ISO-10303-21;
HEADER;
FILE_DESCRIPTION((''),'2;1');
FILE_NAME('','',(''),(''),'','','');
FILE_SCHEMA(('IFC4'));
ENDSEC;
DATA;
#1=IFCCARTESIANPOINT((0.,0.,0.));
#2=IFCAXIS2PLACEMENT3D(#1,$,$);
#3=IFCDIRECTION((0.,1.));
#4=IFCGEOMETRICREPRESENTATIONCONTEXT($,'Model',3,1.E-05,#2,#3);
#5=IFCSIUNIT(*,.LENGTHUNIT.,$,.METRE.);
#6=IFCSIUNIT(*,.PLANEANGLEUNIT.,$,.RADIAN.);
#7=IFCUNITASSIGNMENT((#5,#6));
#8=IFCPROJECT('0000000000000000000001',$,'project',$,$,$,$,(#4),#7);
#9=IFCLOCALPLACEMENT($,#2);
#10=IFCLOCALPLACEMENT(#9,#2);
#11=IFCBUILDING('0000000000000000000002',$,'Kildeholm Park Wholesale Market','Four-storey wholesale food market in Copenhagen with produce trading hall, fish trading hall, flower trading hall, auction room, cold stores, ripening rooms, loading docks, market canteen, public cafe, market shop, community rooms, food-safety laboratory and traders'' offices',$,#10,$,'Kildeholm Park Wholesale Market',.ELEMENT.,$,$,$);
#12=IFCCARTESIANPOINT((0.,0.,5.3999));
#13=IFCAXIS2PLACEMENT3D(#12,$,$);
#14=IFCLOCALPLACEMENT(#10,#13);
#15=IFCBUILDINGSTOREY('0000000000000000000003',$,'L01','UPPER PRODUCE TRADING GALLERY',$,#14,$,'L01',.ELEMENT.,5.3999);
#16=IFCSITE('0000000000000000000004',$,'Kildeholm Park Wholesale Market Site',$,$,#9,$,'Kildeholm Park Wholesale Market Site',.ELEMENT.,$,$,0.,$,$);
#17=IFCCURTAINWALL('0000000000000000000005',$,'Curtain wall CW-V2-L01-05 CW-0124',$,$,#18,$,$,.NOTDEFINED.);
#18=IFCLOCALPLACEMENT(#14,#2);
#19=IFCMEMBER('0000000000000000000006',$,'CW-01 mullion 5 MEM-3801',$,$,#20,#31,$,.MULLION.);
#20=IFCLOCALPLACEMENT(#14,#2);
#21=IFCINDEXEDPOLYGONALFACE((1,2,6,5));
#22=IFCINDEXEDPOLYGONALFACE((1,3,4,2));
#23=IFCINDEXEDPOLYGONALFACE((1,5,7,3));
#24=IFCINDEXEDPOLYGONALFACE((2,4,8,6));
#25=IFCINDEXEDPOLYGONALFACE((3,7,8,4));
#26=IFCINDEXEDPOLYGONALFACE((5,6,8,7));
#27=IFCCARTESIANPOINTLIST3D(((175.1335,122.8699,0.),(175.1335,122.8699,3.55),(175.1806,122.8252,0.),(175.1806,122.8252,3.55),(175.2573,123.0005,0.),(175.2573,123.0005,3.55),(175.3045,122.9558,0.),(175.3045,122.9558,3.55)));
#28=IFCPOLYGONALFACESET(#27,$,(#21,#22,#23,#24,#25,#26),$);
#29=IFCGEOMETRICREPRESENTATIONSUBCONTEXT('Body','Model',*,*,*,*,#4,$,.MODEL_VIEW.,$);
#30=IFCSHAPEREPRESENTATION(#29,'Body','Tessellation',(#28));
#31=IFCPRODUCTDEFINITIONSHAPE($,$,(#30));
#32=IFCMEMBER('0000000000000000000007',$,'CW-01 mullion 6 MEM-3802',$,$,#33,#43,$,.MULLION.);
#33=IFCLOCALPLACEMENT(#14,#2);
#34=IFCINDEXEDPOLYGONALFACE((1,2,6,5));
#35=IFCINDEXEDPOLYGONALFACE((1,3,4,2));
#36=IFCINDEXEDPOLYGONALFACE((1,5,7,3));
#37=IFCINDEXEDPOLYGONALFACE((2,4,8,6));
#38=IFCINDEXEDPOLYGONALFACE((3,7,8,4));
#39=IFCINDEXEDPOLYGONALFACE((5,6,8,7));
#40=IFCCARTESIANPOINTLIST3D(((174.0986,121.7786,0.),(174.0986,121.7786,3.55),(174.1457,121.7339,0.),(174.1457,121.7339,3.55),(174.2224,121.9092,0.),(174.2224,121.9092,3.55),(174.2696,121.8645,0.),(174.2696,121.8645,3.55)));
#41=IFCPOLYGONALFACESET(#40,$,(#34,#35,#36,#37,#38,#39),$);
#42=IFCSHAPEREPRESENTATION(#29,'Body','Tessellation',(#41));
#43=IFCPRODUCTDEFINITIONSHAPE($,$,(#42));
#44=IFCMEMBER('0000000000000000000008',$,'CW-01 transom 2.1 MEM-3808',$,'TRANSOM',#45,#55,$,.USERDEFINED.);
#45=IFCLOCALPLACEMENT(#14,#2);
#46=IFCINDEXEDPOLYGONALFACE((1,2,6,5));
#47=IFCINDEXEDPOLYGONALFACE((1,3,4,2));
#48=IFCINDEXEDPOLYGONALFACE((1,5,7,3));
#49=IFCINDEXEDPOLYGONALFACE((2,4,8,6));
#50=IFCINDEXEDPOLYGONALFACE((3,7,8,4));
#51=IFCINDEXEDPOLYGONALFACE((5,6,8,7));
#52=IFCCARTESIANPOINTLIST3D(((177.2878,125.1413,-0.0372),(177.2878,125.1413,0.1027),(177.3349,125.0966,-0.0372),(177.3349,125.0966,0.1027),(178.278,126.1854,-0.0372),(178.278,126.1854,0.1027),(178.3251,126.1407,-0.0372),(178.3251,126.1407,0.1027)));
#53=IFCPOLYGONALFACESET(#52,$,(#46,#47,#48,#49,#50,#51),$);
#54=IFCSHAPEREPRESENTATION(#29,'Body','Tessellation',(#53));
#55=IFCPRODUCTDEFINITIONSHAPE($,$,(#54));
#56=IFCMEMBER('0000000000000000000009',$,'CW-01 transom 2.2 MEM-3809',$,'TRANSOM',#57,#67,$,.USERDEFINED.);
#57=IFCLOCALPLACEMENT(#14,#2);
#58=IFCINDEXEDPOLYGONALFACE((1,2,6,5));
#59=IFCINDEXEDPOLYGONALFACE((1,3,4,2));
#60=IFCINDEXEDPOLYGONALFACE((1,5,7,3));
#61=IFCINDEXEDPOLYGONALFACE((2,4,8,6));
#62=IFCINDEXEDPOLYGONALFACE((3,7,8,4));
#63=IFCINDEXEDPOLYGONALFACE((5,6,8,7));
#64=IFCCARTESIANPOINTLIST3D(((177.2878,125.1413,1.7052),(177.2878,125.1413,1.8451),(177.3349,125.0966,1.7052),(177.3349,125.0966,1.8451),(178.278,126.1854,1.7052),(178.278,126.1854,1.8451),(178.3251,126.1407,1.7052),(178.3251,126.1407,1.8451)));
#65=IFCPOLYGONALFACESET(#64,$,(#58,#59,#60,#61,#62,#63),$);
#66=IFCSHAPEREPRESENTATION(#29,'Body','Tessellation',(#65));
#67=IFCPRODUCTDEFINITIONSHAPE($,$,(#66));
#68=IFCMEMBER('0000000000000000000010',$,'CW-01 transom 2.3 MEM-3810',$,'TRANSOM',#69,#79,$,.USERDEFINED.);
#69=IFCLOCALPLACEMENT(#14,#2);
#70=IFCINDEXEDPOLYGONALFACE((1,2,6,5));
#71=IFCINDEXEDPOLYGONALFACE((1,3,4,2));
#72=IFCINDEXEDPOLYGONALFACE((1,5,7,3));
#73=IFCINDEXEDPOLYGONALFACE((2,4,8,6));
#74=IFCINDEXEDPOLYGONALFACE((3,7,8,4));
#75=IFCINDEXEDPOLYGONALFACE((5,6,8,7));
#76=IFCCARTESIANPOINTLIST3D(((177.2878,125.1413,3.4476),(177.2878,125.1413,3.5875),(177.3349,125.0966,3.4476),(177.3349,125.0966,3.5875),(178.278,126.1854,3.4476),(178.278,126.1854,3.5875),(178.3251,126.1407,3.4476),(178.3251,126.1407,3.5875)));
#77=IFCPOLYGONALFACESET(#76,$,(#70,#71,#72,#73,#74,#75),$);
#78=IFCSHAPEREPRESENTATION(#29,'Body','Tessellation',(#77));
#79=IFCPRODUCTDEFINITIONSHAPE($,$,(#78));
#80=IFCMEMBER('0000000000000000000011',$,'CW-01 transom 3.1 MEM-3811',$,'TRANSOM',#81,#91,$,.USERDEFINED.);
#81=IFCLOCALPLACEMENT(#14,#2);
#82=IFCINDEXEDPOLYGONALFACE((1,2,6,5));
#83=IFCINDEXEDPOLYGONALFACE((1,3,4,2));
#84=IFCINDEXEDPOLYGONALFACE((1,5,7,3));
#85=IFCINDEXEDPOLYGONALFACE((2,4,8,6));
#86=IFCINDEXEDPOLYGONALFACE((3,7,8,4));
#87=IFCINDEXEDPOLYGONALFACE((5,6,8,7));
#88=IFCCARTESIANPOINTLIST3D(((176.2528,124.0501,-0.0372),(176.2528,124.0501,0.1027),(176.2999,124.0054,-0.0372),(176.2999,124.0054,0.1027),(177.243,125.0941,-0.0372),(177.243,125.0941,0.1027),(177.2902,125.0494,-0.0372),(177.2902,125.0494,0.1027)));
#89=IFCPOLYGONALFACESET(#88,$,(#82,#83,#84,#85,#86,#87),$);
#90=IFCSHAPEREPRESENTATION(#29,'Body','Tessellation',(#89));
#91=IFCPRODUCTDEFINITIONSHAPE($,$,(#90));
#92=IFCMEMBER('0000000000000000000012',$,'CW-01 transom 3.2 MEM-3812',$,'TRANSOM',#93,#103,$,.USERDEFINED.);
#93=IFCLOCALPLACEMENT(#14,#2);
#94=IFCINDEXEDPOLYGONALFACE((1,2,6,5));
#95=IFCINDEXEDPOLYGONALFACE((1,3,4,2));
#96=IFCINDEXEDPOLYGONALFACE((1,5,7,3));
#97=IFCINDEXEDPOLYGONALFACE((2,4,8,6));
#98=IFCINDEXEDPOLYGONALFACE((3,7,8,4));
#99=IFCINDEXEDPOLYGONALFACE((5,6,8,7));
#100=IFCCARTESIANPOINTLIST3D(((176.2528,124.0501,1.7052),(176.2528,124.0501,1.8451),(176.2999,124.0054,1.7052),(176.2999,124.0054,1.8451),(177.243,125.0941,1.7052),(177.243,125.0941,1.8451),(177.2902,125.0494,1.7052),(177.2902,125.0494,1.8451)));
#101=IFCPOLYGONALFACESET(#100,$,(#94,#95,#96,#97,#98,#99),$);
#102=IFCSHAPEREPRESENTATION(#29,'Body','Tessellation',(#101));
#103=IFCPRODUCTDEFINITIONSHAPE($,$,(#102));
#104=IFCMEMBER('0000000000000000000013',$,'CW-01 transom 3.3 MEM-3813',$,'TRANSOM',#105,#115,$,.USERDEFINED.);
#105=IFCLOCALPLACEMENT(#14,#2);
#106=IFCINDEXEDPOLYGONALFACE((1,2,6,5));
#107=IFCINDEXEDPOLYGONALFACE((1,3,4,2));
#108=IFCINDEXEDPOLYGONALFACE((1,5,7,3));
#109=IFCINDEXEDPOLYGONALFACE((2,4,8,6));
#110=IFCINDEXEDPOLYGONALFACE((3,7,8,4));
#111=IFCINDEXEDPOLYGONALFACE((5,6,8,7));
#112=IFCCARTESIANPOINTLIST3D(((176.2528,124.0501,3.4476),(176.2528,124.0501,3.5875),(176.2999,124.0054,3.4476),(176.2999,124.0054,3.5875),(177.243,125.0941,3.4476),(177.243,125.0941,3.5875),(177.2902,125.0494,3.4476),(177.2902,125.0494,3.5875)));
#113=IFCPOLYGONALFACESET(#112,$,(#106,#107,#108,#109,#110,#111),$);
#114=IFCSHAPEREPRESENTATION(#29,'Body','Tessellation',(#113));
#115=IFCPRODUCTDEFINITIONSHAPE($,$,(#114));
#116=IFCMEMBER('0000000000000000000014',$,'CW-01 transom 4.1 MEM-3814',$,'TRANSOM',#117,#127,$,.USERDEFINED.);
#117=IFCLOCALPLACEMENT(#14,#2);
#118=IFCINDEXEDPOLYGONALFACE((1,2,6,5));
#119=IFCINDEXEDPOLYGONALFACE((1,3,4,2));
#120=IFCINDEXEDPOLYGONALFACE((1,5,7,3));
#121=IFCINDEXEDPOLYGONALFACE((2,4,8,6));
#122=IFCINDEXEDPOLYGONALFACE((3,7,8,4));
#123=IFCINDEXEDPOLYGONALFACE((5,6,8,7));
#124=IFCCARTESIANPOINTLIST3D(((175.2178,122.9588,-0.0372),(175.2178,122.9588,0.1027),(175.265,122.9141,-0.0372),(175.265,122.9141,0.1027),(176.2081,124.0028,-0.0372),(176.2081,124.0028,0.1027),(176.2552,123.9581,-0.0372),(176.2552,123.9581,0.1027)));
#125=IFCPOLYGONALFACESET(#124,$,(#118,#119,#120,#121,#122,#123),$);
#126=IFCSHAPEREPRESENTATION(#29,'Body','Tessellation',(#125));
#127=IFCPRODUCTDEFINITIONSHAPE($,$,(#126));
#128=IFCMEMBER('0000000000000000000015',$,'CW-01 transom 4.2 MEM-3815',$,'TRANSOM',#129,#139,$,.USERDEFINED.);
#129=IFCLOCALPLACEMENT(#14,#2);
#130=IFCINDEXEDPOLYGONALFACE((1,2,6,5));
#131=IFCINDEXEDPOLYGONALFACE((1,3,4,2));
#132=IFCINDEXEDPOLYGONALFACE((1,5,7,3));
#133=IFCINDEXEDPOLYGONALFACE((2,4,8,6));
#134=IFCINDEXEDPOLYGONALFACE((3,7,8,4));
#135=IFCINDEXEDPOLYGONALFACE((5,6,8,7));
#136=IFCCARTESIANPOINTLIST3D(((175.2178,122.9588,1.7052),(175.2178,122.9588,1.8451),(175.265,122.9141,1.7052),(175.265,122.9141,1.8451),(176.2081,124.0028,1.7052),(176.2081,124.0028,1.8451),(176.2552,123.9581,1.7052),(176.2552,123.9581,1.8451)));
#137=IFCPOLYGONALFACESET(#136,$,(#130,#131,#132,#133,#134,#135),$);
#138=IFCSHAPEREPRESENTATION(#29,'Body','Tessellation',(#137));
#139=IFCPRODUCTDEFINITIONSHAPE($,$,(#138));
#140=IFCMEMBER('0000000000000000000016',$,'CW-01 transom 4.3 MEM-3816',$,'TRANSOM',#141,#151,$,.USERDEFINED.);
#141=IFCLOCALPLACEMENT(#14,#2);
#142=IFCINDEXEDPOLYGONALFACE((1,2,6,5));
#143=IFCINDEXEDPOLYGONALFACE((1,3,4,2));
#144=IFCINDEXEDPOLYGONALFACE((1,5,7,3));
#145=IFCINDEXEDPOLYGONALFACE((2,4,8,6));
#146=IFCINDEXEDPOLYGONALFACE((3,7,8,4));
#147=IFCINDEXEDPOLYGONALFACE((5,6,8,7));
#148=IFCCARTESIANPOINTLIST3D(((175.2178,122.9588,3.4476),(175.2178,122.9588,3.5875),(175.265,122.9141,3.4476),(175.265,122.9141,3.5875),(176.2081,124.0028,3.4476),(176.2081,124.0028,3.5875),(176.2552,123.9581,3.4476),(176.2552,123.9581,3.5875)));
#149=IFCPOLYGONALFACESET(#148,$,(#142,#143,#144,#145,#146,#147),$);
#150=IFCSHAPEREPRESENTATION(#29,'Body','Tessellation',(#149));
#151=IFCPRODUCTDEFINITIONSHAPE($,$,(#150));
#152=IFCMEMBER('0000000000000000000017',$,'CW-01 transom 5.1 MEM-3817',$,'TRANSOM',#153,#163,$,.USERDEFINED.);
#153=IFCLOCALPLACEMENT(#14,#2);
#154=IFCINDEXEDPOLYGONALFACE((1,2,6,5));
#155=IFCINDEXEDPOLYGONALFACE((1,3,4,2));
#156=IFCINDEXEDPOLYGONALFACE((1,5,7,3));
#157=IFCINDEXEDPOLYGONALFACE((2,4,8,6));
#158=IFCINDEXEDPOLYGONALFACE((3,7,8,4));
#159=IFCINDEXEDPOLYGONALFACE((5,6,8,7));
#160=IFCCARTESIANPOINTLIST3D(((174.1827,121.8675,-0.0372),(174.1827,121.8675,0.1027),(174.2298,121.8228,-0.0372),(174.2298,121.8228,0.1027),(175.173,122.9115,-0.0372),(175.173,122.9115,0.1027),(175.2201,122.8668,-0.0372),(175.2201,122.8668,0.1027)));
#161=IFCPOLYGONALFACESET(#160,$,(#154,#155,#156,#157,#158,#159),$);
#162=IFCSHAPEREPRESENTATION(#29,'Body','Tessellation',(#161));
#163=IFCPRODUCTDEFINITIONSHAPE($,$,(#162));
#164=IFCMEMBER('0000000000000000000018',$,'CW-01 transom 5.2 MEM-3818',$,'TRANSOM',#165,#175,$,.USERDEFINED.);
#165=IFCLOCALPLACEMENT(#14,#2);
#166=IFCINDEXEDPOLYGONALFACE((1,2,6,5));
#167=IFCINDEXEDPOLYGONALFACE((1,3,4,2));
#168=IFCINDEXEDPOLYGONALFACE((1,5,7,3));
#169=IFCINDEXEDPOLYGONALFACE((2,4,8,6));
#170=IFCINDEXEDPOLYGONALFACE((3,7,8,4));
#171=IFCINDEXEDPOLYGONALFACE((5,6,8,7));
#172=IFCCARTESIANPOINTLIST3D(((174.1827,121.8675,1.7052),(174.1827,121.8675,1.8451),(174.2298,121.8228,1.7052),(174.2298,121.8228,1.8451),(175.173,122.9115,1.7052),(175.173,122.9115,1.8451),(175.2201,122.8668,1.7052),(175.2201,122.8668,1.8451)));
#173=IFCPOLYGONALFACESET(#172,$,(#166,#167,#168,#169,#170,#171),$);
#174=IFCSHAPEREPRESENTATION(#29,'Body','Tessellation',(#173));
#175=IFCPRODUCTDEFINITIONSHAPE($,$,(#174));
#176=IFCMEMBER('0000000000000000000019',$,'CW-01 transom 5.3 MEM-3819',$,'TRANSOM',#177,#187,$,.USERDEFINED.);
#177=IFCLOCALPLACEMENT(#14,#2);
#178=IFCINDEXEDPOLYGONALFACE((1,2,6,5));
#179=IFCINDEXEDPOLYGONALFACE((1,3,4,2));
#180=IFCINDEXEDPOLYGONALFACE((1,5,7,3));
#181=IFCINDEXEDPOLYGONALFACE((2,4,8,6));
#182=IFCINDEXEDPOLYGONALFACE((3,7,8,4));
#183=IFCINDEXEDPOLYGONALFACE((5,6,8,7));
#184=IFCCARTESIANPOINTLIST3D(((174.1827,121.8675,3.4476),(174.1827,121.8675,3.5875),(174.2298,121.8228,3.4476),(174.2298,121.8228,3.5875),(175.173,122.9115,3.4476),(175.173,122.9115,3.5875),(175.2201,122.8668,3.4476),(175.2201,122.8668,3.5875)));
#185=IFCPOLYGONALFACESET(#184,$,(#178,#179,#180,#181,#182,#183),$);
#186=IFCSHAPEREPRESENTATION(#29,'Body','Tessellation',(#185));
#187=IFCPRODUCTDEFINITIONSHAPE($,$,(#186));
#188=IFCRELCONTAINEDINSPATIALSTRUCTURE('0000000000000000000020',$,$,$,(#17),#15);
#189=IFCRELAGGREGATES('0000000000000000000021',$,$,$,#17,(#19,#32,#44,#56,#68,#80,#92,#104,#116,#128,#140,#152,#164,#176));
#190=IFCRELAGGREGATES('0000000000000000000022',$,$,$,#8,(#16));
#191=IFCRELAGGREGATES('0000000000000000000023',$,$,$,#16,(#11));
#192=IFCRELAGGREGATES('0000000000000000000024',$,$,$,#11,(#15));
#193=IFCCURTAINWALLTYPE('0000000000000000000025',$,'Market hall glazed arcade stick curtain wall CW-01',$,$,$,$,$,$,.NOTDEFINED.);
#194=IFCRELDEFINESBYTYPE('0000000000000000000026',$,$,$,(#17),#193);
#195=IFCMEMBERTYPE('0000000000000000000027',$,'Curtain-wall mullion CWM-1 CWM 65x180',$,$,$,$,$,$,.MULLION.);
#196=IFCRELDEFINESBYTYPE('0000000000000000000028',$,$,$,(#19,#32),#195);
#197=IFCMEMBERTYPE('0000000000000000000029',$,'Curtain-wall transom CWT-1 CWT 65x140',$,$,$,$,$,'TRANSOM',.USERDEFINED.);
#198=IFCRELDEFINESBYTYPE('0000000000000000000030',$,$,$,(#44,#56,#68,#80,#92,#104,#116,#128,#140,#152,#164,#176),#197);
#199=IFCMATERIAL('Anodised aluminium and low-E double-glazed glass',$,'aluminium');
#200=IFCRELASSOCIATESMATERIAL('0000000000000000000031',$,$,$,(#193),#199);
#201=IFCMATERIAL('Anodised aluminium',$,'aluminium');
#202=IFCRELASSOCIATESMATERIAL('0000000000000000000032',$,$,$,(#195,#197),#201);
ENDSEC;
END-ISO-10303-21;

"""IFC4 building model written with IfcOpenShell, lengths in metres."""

from ifc_helpers import new_model, si_unit, direction, frame, origin, origin_2d, place, context, subcontext, project, spatial, rectangle, extrude, material, material_profile, profile_set, type_object, element, aggregate, save


model = new_model("IFC4")

# Units and contexts
model_context = context("Model", 3, precision=1e-05, world=origin(), true_north=direction((0.0, 1.0)))
body_context = subcontext(model_context, "Body", "Model", "MODEL_VIEW")
ifc_project = project(units=[si_unit("LENGTHUNIT", "METRE"), si_unit("PLANEANGLEUNIT", "RADIAN")], contexts=[model_context])

# Site, building, storey
site_placement = place(None, origin())
site = spatial("IfcSite", under=ifc_project, at=site_placement, Name="Kildeholm Park Wholesale Market Site", LongName="Kildeholm Park Wholesale Market Site", CompositionType="ELEMENT", RefElevation=0.0)
building_placement = place(site_placement, origin())
building = spatial("IfcBuilding", under=site, at=building_placement, Name="Kildeholm Park Wholesale Market", Description="Four-storey wholesale food market in Copenhagen with produce trading hall, fish trading hall, flower trading hall, auction room, cold stores, ripening rooms, loading docks, market canteen, public cafe, market shop, community rooms, food-safety laboratory and traders' offices", LongName="Kildeholm Park Wholesale Market", CompositionType="ELEMENT")
storey_placement = place(building_placement, frame((0.0, 0.0, 5.3999)))
storey = spatial("IfcBuildingStorey", under=building, at=storey_placement, Name="L01", Description="UPPER PRODUCE TRADING GALLERY", LongName="L01", CompositionType="ELEMENT", Elevation=5.3999)

# Curtain wall, members
ifc_material_1 = material(Name="Anodised aluminium and low-E double-glazed glass", Category="aluminium")
curtain_wall_type = type_object("IfcCurtainWallType", Name="Market hall glazed arcade stick curtain wall CW-01", PredefinedType="NOTDEFINED", material=ifc_material_1)
curtain_wall_placement = place(storey_placement, origin())
curtain_wall = element("IfcCurtainWall", 1, at=curtain_wall_placement, inside=storey, type_object=curtain_wall_type, Name="Curtain wall CW-V2-L01-05 CW-0124", PredefinedType="NOTDEFINED")
ifc_material_2 = material(Name="Anodised aluminium", Category="aluminium")
ifc_material_profile_1 = material_profile(ifc_material_2, rectangle(XDim=0.0649, YDim=0.1799, at=origin_2d()), Name="CWM 65x180")
ifc_profile_set_1 = profile_set([ifc_material_profile_1], Name="Anodised aluminium")
member_type_1 = type_object("IfcMemberType", Name="Curtain-wall mullion CWM-1 CWM 65x180", PredefinedType="MULLION", material=ifc_profile_set_1)
member_1_placement = place(storey_placement, frame((175.219, 122.9128, 0.0), z_axis=(0.0, 0.0, 1.0), x_axis=(0.725571, -0.688148, 0.0)))
member_1 = element("IfcMember", 2, at=member_1_placement, type_object=member_type_1, Name="CW-01 mullion 5 MEM-3801", PredefinedType="MULLION", context=body_context, shape_type="SweptSolid", body=[
    extrude(rectangle(XDim=0.0649, YDim=0.1799, at=origin_2d()), origin(), (0.0, 0.0, 1.0), 3.55),
])
member_2_placement = place(storey_placement, frame((174.1841, 121.8215, 0.0), z_axis=(0.0, 0.0, 1.0), x_axis=(0.725571, -0.688148, 0.0)))
member_2 = element("IfcMember", 3, at=member_2_placement, type_object=member_type_1, Name="CW-01 mullion 6 MEM-3802", PredefinedType="MULLION", context=body_context, shape_type="SweptSolid", body=[
    extrude(rectangle(XDim=0.0649, YDim=0.1799, at=origin_2d()), origin(), (0.0, 0.0, 1.0), 3.55),
])
ifc_material_profile_2 = material_profile(ifc_material_2, rectangle(XDim=0.0649, YDim=0.1399, at=origin_2d()), Name="CWT 65x140")
ifc_profile_set_2 = profile_set([ifc_material_profile_2], Name="Anodised aluminium")
member_type_2 = type_object("IfcMemberType", Name="Curtain-wall transom CWT-1 CWT 65x140", ElementType="TRANSOM", PredefinedType="USERDEFINED", material=ifc_profile_set_2)
member_3_placement = place(storey_placement, frame((178.3015, 126.1631, 0.0327), z_axis=(-0.688112, -0.725605, 0.0), x_axis=(0.725605, -0.688112, 0.0)))
member_3 = element("IfcMember", 4, at=member_3_placement, type_object=member_type_2, Name="CW-01 transom 2.1 MEM-3808", ObjectType="TRANSOM", PredefinedType="USERDEFINED", context=body_context, shape_type="SweptSolid", body=[
    extrude(rectangle(XDim=0.0649, YDim=0.1399, at=origin_2d()), origin(), (0.0, 0.0, 1.0), 1.439),
])
member_4_placement = place(storey_placement, frame((178.3015, 126.1631, 1.7751), z_axis=(-0.688112, -0.725605, 0.0), x_axis=(0.725605, -0.688112, 0.0)))
member_4 = element("IfcMember", 5, at=member_4_placement, type_object=member_type_2, Name="CW-01 transom 2.2 MEM-3809", ObjectType="TRANSOM", PredefinedType="USERDEFINED", context=body_context, shape_type="SweptSolid", body=[
    extrude(rectangle(XDim=0.0649, YDim=0.1399, at=origin_2d()), origin(), (0.0, 0.0, 1.0), 1.439),
])
member_5_placement = place(storey_placement, frame((178.3015, 126.1631, 3.5176), z_axis=(-0.688112, -0.725605, 0.0), x_axis=(0.725605, -0.688112, 0.0)))
member_5 = element("IfcMember", 6, at=member_5_placement, type_object=member_type_2, Name="CW-01 transom 2.3 MEM-3810", ObjectType="TRANSOM", PredefinedType="USERDEFINED", context=body_context, shape_type="SweptSolid", body=[
    extrude(rectangle(XDim=0.0649, YDim=0.1399, at=origin_2d()), origin(), (0.0, 0.0, 1.0), 1.439),
])
member_6_placement = place(storey_placement, frame((177.2666, 125.0718, 0.0327), z_axis=(-0.688196, -0.725525, 0.0), x_axis=(0.725525, -0.688196, 0.0)))
member_6 = element("IfcMember", 7, at=member_6_placement, type_object=member_type_2, Name="CW-01 transom 3.1 MEM-3811", ObjectType="TRANSOM", PredefinedType="USERDEFINED", context=body_context, shape_type="SweptSolid", body=[
    extrude(rectangle(XDim=0.0649, YDim=0.1399, at=origin_2d()), origin(), (0.0, 0.0, 1.0), 1.439),
])
member_7_placement = place(storey_placement, frame((177.2666, 125.0718, 1.7751), z_axis=(-0.688196, -0.725525, 0.0), x_axis=(0.725525, -0.688196, 0.0)))
member_7 = element("IfcMember", 8, at=member_7_placement, type_object=member_type_2, Name="CW-01 transom 3.2 MEM-3812", ObjectType="TRANSOM", PredefinedType="USERDEFINED", context=body_context, shape_type="SweptSolid", body=[
    extrude(rectangle(XDim=0.0649, YDim=0.1399, at=origin_2d()), origin(), (0.0, 0.0, 1.0), 1.439),
])
member_8_placement = place(storey_placement, frame((177.2666, 125.0718, 3.5176), z_axis=(-0.688196, -0.725525, 0.0), x_axis=(0.725525, -0.688196, 0.0)))
member_8 = element("IfcMember", 9, at=member_8_placement, type_object=member_type_2, Name="CW-01 transom 3.3 MEM-3813", ObjectType="TRANSOM", PredefinedType="USERDEFINED", context=body_context, shape_type="SweptSolid", body=[
    extrude(rectangle(XDim=0.0649, YDim=0.1399, at=origin_2d()), origin(), (0.0, 0.0, 1.0), 1.439),
])
member_9_placement = place(storey_placement, frame((176.2317, 123.9805, 0.0327), z_axis=(-0.688196, -0.725525, 0.0), x_axis=(0.725525, -0.688196, 0.0)))
member_9 = element("IfcMember", 10, at=member_9_placement, type_object=member_type_2, Name="CW-01 transom 4.1 MEM-3814", ObjectType="TRANSOM", PredefinedType="USERDEFINED", context=body_context, shape_type="SweptSolid", body=[
    extrude(rectangle(XDim=0.0649, YDim=0.1399, at=origin_2d()), origin(), (0.0, 0.0, 1.0), 1.439),
])
member_10_placement = place(storey_placement, frame((176.2317, 123.9805, 1.7751), z_axis=(-0.688196, -0.725525, 0.0), x_axis=(0.725525, -0.688196, 0.0)))
member_10 = element("IfcMember", 11, at=member_10_placement, type_object=member_type_2, Name="CW-01 transom 4.2 MEM-3815", ObjectType="TRANSOM", PredefinedType="USERDEFINED", context=body_context, shape_type="SweptSolid", body=[
    extrude(rectangle(XDim=0.0649, YDim=0.1399, at=origin_2d()), origin(), (0.0, 0.0, 1.0), 1.439),
])
member_11_placement = place(storey_placement, frame((176.2317, 123.9805, 3.5176), z_axis=(-0.688196, -0.725525, 0.0), x_axis=(0.725525, -0.688196, 0.0)))
member_11 = element("IfcMember", 12, at=member_11_placement, type_object=member_type_2, Name="CW-01 transom 4.3 MEM-3816", ObjectType="TRANSOM", PredefinedType="USERDEFINED", context=body_context, shape_type="SweptSolid", body=[
    extrude(rectangle(XDim=0.0649, YDim=0.1399, at=origin_2d()), origin(), (0.0, 0.0, 1.0), 1.439),
])
member_12_placement = place(storey_placement, frame((175.1965, 122.8892, 0.0327), z_axis=(-0.688196, -0.725525, 0.0), x_axis=(0.725525, -0.688196, 0.0)))
member_12 = element("IfcMember", 13, at=member_12_placement, type_object=member_type_2, Name="CW-01 transom 5.1 MEM-3817", ObjectType="TRANSOM", PredefinedType="USERDEFINED", context=body_context, shape_type="SweptSolid", body=[
    extrude(rectangle(XDim=0.0649, YDim=0.1399, at=origin_2d()), origin(), (0.0, 0.0, 1.0), 1.439),
])
member_13_placement = place(storey_placement, frame((175.1965, 122.8892, 1.7751), z_axis=(-0.688196, -0.725525, 0.0), x_axis=(0.725525, -0.688196, 0.0)))
member_13 = element("IfcMember", 14, at=member_13_placement, type_object=member_type_2, Name="CW-01 transom 5.2 MEM-3818", ObjectType="TRANSOM", PredefinedType="USERDEFINED", context=body_context, shape_type="SweptSolid", body=[
    extrude(rectangle(XDim=0.0649, YDim=0.1399, at=origin_2d()), origin(), (0.0, 0.0, 1.0), 1.439),
])
member_14_placement = place(storey_placement, frame((175.1965, 122.8892, 3.5176), z_axis=(-0.688196, -0.725525, 0.0), x_axis=(0.725525, -0.688196, 0.0)))
member_14 = element("IfcMember", 15, at=member_14_placement, type_object=member_type_2, Name="CW-01 transom 5.3 MEM-3819", ObjectType="TRANSOM", PredefinedType="USERDEFINED", context=body_context, shape_type="SweptSolid", body=[
    extrude(rectangle(XDim=0.0649, YDim=0.1399, at=origin_2d()), origin(), (0.0, 0.0, 1.0), 1.439),
])
aggregate(curtain_wall, [member_1, member_2, member_3, member_4, member_5, member_6, member_7, member_8, member_9, member_10, member_11, member_12, member_13, member_14])

save(model, "model.ifc")
